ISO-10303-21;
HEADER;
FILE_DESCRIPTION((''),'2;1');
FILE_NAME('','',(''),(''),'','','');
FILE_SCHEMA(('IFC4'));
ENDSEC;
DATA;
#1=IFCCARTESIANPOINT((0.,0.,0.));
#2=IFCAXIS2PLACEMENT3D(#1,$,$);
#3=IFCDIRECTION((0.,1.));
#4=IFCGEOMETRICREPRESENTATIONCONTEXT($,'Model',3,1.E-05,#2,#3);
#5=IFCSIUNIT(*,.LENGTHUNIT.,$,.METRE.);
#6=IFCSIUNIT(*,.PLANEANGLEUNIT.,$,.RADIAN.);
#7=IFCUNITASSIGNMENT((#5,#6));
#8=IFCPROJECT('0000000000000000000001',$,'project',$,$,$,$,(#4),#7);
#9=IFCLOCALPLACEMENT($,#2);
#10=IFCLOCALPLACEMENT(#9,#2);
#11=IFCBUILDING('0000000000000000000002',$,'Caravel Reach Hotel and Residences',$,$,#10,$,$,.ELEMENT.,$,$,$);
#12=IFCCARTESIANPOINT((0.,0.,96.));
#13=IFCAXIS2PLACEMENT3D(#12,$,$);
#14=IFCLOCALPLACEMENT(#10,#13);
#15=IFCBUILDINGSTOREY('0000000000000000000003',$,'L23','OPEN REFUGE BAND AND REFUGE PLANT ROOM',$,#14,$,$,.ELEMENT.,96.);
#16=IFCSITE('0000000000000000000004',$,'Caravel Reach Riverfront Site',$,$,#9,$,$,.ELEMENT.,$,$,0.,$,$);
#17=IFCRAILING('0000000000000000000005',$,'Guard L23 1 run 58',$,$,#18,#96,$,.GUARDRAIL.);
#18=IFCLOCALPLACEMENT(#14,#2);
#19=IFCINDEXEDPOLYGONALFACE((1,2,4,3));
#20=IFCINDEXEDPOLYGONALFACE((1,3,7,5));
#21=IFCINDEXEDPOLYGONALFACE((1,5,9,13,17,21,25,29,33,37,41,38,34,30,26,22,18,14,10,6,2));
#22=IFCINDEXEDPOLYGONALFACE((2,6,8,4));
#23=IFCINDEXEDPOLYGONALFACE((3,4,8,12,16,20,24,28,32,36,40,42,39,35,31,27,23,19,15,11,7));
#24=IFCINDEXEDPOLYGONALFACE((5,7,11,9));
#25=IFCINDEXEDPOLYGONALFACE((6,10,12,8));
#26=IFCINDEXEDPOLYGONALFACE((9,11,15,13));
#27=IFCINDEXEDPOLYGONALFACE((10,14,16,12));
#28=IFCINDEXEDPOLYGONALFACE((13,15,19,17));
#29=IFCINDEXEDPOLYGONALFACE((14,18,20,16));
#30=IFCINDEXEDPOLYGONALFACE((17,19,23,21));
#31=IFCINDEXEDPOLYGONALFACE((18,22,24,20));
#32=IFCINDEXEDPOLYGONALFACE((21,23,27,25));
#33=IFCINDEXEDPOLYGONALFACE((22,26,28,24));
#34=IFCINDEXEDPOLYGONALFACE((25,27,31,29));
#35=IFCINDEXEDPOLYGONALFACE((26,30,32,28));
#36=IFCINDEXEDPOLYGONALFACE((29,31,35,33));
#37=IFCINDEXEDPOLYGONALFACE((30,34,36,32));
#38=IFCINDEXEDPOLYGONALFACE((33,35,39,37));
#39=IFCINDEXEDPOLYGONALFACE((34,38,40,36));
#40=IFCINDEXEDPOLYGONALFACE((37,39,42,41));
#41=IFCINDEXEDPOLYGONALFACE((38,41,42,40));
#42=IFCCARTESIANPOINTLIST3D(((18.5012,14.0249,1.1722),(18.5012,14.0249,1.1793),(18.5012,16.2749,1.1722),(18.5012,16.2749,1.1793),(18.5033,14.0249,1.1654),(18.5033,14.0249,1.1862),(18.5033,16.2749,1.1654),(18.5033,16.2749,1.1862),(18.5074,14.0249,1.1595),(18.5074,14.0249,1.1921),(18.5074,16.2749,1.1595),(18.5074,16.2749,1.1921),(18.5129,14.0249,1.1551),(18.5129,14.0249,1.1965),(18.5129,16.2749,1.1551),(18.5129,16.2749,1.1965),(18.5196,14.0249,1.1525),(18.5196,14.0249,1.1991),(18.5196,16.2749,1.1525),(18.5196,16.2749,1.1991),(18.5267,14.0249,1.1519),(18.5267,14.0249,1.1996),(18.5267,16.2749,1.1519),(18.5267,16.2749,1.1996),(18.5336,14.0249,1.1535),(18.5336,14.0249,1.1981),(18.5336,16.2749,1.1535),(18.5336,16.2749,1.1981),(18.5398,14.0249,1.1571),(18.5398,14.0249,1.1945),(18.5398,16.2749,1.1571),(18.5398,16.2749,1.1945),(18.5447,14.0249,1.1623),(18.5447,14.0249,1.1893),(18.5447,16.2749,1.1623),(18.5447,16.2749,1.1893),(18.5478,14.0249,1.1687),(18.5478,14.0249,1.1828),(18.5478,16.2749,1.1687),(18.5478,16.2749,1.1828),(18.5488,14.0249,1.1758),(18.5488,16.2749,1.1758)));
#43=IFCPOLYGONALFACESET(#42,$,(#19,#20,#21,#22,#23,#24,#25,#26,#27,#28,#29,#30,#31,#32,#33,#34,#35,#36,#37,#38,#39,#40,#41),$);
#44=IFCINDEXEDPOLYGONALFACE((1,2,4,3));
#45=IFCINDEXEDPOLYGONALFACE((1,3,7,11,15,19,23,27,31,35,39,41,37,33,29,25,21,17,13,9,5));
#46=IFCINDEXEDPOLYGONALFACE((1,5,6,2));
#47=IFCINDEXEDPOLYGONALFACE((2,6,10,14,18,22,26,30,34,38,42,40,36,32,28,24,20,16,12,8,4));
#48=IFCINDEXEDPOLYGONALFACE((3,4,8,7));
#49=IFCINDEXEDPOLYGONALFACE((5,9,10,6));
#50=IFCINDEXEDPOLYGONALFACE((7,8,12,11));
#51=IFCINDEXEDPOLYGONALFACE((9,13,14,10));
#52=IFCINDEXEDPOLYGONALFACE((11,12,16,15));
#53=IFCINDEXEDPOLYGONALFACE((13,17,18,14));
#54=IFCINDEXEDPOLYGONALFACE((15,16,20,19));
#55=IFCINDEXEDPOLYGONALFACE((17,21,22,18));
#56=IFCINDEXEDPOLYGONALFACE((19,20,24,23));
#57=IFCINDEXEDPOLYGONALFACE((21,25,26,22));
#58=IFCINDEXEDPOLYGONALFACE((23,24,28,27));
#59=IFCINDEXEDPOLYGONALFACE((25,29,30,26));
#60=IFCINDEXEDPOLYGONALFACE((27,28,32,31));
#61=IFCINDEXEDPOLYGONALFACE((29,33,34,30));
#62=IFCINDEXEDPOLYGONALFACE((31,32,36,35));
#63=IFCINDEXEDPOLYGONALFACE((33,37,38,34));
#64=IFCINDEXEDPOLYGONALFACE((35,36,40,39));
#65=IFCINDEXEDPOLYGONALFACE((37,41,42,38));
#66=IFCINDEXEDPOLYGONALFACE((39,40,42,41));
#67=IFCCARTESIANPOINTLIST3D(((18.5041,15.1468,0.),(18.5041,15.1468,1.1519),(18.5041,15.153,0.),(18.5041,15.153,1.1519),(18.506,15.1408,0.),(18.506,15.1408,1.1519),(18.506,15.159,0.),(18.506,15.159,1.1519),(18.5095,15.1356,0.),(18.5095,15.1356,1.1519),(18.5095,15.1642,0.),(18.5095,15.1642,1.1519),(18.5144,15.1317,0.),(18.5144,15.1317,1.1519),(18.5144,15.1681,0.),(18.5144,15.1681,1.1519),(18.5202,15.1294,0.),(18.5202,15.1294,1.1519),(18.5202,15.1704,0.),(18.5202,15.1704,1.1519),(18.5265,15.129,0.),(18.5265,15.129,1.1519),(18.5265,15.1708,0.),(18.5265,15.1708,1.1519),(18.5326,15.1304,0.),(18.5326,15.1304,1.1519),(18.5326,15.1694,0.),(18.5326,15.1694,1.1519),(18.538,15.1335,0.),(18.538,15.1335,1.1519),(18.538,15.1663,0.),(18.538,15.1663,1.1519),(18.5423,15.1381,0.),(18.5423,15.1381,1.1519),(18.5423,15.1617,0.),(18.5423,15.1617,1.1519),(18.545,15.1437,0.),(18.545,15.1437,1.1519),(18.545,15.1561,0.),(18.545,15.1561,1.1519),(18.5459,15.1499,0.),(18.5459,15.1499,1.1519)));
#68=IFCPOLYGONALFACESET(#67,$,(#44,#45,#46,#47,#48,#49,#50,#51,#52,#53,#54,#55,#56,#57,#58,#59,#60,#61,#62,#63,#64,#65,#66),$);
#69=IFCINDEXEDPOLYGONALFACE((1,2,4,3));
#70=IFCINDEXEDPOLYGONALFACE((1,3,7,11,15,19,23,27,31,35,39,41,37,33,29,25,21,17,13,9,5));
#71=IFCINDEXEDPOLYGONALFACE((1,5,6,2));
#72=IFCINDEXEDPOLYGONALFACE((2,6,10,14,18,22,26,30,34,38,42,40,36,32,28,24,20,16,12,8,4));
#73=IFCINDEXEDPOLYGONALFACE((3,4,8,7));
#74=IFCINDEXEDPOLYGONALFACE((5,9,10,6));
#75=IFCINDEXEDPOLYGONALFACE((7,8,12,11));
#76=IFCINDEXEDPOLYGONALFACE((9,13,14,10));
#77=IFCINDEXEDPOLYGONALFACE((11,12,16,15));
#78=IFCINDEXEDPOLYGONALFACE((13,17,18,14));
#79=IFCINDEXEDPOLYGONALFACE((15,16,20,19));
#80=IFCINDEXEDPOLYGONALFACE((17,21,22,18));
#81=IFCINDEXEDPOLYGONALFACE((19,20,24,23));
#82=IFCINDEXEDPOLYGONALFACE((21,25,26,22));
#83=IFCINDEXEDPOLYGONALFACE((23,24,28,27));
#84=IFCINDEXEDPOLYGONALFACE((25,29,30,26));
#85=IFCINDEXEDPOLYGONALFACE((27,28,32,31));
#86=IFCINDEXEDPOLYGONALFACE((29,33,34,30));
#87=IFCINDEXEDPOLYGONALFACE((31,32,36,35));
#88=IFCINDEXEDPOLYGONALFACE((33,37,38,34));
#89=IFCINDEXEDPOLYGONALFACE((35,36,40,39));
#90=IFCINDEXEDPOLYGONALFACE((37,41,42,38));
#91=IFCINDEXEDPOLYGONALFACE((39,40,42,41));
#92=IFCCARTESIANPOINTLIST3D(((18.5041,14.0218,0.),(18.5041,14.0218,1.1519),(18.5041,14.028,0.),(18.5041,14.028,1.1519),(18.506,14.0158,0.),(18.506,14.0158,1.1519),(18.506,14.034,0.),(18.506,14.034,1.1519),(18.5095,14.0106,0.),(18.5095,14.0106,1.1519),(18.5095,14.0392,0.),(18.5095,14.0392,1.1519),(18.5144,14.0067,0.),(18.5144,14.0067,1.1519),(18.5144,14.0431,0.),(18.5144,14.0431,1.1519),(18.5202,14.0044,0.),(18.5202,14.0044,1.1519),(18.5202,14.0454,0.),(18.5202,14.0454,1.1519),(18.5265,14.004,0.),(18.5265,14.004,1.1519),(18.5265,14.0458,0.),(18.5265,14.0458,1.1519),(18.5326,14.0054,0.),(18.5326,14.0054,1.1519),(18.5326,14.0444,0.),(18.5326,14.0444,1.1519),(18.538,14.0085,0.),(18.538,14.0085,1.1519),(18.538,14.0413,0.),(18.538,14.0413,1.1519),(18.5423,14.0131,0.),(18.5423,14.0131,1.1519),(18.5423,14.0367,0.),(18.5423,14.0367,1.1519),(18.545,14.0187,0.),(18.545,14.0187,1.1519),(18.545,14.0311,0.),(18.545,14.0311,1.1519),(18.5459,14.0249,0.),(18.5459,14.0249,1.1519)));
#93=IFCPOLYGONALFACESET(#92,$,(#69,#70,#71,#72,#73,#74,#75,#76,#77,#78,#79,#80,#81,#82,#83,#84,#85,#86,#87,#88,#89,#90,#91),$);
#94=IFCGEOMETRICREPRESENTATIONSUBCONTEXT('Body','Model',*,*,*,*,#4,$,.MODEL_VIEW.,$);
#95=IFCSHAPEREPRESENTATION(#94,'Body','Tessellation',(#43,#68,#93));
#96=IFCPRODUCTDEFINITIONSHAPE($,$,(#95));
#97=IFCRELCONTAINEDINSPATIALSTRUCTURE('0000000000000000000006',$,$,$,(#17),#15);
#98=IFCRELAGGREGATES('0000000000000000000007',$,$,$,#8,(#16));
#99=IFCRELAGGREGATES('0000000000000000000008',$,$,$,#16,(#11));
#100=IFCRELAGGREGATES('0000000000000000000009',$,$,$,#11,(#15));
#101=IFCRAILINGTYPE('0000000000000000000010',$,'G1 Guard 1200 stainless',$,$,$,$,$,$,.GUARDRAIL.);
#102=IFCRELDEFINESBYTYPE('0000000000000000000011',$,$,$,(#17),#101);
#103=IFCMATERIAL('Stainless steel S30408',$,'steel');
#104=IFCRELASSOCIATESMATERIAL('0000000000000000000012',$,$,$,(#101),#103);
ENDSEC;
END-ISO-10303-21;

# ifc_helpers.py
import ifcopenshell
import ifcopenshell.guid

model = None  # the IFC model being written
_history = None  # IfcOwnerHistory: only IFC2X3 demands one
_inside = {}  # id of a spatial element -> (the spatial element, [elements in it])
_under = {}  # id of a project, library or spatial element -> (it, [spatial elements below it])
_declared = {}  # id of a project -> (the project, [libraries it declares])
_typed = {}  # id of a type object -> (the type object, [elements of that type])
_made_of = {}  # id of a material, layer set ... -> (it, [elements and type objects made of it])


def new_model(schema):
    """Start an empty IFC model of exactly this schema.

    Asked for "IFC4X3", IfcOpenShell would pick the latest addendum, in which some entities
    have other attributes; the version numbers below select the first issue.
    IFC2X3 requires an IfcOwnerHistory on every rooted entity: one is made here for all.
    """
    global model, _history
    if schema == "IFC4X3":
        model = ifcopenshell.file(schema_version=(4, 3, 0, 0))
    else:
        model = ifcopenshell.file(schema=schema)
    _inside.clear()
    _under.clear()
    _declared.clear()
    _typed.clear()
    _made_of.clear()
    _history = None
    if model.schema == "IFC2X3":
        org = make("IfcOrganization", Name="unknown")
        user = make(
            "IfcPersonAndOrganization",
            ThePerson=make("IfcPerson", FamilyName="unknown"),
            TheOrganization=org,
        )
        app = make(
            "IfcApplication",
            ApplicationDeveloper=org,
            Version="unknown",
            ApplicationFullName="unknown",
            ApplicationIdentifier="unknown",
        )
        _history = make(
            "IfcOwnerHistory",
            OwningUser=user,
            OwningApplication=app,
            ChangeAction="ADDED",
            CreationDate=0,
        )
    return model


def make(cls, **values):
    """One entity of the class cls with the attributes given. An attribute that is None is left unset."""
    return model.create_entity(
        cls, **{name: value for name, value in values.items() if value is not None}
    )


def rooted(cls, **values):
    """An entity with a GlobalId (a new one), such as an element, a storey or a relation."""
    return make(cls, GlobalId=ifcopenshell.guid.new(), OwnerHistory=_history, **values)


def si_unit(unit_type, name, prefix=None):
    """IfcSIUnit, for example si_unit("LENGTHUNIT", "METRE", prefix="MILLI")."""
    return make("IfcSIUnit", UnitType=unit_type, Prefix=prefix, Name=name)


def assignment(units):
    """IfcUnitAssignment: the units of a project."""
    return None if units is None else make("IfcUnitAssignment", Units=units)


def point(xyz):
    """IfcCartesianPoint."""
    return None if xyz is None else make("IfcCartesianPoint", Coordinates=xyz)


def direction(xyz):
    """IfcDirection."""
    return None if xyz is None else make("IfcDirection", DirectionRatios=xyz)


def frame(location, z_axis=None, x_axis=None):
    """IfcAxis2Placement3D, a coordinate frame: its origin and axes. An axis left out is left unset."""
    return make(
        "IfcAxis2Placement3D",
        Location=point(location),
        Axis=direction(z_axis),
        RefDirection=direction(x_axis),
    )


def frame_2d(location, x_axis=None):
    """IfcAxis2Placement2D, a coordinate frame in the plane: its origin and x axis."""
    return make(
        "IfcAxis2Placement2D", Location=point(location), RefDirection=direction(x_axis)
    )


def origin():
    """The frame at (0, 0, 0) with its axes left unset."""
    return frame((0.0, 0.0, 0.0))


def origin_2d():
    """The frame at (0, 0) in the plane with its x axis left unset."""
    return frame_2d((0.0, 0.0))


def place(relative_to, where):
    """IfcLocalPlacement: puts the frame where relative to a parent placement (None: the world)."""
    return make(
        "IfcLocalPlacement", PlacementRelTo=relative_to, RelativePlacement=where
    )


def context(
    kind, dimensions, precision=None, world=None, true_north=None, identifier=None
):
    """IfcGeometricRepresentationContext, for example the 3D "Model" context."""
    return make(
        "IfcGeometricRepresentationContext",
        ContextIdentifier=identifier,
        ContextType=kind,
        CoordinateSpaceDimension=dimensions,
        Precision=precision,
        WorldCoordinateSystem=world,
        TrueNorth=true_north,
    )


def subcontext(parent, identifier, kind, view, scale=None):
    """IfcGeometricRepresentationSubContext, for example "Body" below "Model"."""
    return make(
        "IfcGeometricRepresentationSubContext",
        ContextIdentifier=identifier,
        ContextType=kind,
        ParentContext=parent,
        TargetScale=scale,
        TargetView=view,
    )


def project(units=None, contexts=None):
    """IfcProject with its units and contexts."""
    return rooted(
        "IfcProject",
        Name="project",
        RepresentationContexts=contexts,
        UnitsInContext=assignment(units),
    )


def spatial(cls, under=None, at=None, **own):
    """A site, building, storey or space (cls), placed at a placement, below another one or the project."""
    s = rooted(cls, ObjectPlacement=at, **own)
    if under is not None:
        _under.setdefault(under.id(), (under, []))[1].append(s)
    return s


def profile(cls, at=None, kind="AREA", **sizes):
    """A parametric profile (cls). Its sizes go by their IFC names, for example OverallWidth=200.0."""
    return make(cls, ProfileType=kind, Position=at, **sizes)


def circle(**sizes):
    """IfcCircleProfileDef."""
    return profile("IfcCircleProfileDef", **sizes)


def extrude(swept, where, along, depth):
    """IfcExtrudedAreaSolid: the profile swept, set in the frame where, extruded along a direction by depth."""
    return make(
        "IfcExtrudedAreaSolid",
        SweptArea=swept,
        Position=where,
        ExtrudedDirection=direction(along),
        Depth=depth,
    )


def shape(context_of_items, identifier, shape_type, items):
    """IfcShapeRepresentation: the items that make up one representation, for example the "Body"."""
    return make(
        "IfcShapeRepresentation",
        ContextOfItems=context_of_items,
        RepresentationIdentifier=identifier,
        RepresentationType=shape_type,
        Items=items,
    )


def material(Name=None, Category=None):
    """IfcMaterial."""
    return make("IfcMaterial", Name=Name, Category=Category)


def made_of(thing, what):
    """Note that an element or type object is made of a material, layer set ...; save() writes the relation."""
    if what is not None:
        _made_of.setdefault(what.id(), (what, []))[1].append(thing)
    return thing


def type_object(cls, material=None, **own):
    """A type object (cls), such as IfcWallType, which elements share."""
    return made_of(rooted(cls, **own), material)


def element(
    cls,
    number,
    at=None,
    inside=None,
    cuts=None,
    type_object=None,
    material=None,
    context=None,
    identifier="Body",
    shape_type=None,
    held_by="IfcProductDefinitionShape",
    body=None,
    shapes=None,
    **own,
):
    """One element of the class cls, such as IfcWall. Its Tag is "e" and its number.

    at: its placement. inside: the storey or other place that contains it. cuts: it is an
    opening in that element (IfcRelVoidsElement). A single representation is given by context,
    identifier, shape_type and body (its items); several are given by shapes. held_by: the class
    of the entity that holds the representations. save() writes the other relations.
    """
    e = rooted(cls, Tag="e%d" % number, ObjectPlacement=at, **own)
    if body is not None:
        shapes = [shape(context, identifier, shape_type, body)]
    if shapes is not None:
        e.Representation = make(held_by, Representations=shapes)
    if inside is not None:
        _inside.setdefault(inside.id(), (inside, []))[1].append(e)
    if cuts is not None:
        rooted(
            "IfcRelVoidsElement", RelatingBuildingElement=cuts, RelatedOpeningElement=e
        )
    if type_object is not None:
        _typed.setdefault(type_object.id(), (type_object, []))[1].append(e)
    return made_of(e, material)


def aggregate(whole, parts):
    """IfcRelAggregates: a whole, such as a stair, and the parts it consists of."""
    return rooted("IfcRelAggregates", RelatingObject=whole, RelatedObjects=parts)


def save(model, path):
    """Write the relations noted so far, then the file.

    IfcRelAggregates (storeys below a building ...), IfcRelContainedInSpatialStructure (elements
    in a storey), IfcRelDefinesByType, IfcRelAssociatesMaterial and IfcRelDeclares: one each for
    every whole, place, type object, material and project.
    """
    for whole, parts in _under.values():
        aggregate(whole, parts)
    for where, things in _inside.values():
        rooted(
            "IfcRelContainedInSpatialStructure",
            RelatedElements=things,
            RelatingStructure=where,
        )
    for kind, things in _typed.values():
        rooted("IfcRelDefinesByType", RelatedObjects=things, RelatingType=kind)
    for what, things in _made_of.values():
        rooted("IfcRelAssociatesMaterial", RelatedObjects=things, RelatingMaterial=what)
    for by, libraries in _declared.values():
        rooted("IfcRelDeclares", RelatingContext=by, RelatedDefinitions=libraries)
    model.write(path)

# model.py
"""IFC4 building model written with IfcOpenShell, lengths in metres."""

from ifc_helpers import new_model, si_unit, direction, frame, origin, origin_2d, place, context, subcontext, project, spatial, circle, extrude, material, type_object, element, save


model = new_model("IFC4")

# Units and contexts
model_context = context("Model", 3, precision=1e-05, world=origin(), true_north=direction((0.0, 1.0)))
body_context = subcontext(model_context, "Body", "Model", "MODEL_VIEW")
ifc_project = project(units=[si_unit("LENGTHUNIT", "METRE"), si_unit("PLANEANGLEUNIT", "RADIAN")], contexts=[model_context])

# Site, building, storey
site_placement = place(None, origin())
site = spatial("IfcSite", under=ifc_project, at=site_placement, Name="Caravel Reach Riverfront Site", CompositionType="ELEMENT", RefElevation=0.0)
building_placement = place(site_placement, origin())
building = spatial("IfcBuilding", under=site, at=building_placement, Name="Caravel Reach Hotel and Residences", CompositionType="ELEMENT")
storey_placement = place(building_placement, frame((0.0, 0.0, 96.0)))
storey = spatial("IfcBuildingStorey", under=building, at=storey_placement, Name="L23", Description="OPEN REFUGE BAND AND REFUGE PLANT ROOM", CompositionType="ELEMENT", Elevation=96.0)

# Railing
ifc_material_1 = material(Name="Stainless steel S30408", Category="steel")
railing_type_1 = type_object("IfcRailingType", Name="G1 Guard 1200 stainless", PredefinedType="GUARDRAIL", material=ifc_material_1)
railing_1_placement = place(storey_placement, frame((18.5249, 16.2749, 0.0)))
element("IfcRailing", 1, at=railing_1_placement, inside=storey, type_object=railing_type_1, Name="Guard L23 1 run 58", PredefinedType="GUARDRAIL", context=body_context, shape_type="SweptSolid", body=[
    extrude(circle(Radius=0.0239, at=origin_2d()), frame((0.0, 0.0, 1.1758), z_axis=(0.0, -1.0, 0.0), x_axis=(1.0, 0.0, 0.0)), (0.0, 0.0, 1.0), 2.25),
    extrude(circle(Radius=0.021, at=origin_2d()), frame((0.0, -1.125, 0.0)), (0.0, 0.0, 1.0), 1.1519),
    extrude(circle(Radius=0.021, at=origin_2d()), frame((0.0, -2.25, 0.0)), (0.0, 0.0, 1.0), 1.1519),
])

save(model, "model.ifc")
